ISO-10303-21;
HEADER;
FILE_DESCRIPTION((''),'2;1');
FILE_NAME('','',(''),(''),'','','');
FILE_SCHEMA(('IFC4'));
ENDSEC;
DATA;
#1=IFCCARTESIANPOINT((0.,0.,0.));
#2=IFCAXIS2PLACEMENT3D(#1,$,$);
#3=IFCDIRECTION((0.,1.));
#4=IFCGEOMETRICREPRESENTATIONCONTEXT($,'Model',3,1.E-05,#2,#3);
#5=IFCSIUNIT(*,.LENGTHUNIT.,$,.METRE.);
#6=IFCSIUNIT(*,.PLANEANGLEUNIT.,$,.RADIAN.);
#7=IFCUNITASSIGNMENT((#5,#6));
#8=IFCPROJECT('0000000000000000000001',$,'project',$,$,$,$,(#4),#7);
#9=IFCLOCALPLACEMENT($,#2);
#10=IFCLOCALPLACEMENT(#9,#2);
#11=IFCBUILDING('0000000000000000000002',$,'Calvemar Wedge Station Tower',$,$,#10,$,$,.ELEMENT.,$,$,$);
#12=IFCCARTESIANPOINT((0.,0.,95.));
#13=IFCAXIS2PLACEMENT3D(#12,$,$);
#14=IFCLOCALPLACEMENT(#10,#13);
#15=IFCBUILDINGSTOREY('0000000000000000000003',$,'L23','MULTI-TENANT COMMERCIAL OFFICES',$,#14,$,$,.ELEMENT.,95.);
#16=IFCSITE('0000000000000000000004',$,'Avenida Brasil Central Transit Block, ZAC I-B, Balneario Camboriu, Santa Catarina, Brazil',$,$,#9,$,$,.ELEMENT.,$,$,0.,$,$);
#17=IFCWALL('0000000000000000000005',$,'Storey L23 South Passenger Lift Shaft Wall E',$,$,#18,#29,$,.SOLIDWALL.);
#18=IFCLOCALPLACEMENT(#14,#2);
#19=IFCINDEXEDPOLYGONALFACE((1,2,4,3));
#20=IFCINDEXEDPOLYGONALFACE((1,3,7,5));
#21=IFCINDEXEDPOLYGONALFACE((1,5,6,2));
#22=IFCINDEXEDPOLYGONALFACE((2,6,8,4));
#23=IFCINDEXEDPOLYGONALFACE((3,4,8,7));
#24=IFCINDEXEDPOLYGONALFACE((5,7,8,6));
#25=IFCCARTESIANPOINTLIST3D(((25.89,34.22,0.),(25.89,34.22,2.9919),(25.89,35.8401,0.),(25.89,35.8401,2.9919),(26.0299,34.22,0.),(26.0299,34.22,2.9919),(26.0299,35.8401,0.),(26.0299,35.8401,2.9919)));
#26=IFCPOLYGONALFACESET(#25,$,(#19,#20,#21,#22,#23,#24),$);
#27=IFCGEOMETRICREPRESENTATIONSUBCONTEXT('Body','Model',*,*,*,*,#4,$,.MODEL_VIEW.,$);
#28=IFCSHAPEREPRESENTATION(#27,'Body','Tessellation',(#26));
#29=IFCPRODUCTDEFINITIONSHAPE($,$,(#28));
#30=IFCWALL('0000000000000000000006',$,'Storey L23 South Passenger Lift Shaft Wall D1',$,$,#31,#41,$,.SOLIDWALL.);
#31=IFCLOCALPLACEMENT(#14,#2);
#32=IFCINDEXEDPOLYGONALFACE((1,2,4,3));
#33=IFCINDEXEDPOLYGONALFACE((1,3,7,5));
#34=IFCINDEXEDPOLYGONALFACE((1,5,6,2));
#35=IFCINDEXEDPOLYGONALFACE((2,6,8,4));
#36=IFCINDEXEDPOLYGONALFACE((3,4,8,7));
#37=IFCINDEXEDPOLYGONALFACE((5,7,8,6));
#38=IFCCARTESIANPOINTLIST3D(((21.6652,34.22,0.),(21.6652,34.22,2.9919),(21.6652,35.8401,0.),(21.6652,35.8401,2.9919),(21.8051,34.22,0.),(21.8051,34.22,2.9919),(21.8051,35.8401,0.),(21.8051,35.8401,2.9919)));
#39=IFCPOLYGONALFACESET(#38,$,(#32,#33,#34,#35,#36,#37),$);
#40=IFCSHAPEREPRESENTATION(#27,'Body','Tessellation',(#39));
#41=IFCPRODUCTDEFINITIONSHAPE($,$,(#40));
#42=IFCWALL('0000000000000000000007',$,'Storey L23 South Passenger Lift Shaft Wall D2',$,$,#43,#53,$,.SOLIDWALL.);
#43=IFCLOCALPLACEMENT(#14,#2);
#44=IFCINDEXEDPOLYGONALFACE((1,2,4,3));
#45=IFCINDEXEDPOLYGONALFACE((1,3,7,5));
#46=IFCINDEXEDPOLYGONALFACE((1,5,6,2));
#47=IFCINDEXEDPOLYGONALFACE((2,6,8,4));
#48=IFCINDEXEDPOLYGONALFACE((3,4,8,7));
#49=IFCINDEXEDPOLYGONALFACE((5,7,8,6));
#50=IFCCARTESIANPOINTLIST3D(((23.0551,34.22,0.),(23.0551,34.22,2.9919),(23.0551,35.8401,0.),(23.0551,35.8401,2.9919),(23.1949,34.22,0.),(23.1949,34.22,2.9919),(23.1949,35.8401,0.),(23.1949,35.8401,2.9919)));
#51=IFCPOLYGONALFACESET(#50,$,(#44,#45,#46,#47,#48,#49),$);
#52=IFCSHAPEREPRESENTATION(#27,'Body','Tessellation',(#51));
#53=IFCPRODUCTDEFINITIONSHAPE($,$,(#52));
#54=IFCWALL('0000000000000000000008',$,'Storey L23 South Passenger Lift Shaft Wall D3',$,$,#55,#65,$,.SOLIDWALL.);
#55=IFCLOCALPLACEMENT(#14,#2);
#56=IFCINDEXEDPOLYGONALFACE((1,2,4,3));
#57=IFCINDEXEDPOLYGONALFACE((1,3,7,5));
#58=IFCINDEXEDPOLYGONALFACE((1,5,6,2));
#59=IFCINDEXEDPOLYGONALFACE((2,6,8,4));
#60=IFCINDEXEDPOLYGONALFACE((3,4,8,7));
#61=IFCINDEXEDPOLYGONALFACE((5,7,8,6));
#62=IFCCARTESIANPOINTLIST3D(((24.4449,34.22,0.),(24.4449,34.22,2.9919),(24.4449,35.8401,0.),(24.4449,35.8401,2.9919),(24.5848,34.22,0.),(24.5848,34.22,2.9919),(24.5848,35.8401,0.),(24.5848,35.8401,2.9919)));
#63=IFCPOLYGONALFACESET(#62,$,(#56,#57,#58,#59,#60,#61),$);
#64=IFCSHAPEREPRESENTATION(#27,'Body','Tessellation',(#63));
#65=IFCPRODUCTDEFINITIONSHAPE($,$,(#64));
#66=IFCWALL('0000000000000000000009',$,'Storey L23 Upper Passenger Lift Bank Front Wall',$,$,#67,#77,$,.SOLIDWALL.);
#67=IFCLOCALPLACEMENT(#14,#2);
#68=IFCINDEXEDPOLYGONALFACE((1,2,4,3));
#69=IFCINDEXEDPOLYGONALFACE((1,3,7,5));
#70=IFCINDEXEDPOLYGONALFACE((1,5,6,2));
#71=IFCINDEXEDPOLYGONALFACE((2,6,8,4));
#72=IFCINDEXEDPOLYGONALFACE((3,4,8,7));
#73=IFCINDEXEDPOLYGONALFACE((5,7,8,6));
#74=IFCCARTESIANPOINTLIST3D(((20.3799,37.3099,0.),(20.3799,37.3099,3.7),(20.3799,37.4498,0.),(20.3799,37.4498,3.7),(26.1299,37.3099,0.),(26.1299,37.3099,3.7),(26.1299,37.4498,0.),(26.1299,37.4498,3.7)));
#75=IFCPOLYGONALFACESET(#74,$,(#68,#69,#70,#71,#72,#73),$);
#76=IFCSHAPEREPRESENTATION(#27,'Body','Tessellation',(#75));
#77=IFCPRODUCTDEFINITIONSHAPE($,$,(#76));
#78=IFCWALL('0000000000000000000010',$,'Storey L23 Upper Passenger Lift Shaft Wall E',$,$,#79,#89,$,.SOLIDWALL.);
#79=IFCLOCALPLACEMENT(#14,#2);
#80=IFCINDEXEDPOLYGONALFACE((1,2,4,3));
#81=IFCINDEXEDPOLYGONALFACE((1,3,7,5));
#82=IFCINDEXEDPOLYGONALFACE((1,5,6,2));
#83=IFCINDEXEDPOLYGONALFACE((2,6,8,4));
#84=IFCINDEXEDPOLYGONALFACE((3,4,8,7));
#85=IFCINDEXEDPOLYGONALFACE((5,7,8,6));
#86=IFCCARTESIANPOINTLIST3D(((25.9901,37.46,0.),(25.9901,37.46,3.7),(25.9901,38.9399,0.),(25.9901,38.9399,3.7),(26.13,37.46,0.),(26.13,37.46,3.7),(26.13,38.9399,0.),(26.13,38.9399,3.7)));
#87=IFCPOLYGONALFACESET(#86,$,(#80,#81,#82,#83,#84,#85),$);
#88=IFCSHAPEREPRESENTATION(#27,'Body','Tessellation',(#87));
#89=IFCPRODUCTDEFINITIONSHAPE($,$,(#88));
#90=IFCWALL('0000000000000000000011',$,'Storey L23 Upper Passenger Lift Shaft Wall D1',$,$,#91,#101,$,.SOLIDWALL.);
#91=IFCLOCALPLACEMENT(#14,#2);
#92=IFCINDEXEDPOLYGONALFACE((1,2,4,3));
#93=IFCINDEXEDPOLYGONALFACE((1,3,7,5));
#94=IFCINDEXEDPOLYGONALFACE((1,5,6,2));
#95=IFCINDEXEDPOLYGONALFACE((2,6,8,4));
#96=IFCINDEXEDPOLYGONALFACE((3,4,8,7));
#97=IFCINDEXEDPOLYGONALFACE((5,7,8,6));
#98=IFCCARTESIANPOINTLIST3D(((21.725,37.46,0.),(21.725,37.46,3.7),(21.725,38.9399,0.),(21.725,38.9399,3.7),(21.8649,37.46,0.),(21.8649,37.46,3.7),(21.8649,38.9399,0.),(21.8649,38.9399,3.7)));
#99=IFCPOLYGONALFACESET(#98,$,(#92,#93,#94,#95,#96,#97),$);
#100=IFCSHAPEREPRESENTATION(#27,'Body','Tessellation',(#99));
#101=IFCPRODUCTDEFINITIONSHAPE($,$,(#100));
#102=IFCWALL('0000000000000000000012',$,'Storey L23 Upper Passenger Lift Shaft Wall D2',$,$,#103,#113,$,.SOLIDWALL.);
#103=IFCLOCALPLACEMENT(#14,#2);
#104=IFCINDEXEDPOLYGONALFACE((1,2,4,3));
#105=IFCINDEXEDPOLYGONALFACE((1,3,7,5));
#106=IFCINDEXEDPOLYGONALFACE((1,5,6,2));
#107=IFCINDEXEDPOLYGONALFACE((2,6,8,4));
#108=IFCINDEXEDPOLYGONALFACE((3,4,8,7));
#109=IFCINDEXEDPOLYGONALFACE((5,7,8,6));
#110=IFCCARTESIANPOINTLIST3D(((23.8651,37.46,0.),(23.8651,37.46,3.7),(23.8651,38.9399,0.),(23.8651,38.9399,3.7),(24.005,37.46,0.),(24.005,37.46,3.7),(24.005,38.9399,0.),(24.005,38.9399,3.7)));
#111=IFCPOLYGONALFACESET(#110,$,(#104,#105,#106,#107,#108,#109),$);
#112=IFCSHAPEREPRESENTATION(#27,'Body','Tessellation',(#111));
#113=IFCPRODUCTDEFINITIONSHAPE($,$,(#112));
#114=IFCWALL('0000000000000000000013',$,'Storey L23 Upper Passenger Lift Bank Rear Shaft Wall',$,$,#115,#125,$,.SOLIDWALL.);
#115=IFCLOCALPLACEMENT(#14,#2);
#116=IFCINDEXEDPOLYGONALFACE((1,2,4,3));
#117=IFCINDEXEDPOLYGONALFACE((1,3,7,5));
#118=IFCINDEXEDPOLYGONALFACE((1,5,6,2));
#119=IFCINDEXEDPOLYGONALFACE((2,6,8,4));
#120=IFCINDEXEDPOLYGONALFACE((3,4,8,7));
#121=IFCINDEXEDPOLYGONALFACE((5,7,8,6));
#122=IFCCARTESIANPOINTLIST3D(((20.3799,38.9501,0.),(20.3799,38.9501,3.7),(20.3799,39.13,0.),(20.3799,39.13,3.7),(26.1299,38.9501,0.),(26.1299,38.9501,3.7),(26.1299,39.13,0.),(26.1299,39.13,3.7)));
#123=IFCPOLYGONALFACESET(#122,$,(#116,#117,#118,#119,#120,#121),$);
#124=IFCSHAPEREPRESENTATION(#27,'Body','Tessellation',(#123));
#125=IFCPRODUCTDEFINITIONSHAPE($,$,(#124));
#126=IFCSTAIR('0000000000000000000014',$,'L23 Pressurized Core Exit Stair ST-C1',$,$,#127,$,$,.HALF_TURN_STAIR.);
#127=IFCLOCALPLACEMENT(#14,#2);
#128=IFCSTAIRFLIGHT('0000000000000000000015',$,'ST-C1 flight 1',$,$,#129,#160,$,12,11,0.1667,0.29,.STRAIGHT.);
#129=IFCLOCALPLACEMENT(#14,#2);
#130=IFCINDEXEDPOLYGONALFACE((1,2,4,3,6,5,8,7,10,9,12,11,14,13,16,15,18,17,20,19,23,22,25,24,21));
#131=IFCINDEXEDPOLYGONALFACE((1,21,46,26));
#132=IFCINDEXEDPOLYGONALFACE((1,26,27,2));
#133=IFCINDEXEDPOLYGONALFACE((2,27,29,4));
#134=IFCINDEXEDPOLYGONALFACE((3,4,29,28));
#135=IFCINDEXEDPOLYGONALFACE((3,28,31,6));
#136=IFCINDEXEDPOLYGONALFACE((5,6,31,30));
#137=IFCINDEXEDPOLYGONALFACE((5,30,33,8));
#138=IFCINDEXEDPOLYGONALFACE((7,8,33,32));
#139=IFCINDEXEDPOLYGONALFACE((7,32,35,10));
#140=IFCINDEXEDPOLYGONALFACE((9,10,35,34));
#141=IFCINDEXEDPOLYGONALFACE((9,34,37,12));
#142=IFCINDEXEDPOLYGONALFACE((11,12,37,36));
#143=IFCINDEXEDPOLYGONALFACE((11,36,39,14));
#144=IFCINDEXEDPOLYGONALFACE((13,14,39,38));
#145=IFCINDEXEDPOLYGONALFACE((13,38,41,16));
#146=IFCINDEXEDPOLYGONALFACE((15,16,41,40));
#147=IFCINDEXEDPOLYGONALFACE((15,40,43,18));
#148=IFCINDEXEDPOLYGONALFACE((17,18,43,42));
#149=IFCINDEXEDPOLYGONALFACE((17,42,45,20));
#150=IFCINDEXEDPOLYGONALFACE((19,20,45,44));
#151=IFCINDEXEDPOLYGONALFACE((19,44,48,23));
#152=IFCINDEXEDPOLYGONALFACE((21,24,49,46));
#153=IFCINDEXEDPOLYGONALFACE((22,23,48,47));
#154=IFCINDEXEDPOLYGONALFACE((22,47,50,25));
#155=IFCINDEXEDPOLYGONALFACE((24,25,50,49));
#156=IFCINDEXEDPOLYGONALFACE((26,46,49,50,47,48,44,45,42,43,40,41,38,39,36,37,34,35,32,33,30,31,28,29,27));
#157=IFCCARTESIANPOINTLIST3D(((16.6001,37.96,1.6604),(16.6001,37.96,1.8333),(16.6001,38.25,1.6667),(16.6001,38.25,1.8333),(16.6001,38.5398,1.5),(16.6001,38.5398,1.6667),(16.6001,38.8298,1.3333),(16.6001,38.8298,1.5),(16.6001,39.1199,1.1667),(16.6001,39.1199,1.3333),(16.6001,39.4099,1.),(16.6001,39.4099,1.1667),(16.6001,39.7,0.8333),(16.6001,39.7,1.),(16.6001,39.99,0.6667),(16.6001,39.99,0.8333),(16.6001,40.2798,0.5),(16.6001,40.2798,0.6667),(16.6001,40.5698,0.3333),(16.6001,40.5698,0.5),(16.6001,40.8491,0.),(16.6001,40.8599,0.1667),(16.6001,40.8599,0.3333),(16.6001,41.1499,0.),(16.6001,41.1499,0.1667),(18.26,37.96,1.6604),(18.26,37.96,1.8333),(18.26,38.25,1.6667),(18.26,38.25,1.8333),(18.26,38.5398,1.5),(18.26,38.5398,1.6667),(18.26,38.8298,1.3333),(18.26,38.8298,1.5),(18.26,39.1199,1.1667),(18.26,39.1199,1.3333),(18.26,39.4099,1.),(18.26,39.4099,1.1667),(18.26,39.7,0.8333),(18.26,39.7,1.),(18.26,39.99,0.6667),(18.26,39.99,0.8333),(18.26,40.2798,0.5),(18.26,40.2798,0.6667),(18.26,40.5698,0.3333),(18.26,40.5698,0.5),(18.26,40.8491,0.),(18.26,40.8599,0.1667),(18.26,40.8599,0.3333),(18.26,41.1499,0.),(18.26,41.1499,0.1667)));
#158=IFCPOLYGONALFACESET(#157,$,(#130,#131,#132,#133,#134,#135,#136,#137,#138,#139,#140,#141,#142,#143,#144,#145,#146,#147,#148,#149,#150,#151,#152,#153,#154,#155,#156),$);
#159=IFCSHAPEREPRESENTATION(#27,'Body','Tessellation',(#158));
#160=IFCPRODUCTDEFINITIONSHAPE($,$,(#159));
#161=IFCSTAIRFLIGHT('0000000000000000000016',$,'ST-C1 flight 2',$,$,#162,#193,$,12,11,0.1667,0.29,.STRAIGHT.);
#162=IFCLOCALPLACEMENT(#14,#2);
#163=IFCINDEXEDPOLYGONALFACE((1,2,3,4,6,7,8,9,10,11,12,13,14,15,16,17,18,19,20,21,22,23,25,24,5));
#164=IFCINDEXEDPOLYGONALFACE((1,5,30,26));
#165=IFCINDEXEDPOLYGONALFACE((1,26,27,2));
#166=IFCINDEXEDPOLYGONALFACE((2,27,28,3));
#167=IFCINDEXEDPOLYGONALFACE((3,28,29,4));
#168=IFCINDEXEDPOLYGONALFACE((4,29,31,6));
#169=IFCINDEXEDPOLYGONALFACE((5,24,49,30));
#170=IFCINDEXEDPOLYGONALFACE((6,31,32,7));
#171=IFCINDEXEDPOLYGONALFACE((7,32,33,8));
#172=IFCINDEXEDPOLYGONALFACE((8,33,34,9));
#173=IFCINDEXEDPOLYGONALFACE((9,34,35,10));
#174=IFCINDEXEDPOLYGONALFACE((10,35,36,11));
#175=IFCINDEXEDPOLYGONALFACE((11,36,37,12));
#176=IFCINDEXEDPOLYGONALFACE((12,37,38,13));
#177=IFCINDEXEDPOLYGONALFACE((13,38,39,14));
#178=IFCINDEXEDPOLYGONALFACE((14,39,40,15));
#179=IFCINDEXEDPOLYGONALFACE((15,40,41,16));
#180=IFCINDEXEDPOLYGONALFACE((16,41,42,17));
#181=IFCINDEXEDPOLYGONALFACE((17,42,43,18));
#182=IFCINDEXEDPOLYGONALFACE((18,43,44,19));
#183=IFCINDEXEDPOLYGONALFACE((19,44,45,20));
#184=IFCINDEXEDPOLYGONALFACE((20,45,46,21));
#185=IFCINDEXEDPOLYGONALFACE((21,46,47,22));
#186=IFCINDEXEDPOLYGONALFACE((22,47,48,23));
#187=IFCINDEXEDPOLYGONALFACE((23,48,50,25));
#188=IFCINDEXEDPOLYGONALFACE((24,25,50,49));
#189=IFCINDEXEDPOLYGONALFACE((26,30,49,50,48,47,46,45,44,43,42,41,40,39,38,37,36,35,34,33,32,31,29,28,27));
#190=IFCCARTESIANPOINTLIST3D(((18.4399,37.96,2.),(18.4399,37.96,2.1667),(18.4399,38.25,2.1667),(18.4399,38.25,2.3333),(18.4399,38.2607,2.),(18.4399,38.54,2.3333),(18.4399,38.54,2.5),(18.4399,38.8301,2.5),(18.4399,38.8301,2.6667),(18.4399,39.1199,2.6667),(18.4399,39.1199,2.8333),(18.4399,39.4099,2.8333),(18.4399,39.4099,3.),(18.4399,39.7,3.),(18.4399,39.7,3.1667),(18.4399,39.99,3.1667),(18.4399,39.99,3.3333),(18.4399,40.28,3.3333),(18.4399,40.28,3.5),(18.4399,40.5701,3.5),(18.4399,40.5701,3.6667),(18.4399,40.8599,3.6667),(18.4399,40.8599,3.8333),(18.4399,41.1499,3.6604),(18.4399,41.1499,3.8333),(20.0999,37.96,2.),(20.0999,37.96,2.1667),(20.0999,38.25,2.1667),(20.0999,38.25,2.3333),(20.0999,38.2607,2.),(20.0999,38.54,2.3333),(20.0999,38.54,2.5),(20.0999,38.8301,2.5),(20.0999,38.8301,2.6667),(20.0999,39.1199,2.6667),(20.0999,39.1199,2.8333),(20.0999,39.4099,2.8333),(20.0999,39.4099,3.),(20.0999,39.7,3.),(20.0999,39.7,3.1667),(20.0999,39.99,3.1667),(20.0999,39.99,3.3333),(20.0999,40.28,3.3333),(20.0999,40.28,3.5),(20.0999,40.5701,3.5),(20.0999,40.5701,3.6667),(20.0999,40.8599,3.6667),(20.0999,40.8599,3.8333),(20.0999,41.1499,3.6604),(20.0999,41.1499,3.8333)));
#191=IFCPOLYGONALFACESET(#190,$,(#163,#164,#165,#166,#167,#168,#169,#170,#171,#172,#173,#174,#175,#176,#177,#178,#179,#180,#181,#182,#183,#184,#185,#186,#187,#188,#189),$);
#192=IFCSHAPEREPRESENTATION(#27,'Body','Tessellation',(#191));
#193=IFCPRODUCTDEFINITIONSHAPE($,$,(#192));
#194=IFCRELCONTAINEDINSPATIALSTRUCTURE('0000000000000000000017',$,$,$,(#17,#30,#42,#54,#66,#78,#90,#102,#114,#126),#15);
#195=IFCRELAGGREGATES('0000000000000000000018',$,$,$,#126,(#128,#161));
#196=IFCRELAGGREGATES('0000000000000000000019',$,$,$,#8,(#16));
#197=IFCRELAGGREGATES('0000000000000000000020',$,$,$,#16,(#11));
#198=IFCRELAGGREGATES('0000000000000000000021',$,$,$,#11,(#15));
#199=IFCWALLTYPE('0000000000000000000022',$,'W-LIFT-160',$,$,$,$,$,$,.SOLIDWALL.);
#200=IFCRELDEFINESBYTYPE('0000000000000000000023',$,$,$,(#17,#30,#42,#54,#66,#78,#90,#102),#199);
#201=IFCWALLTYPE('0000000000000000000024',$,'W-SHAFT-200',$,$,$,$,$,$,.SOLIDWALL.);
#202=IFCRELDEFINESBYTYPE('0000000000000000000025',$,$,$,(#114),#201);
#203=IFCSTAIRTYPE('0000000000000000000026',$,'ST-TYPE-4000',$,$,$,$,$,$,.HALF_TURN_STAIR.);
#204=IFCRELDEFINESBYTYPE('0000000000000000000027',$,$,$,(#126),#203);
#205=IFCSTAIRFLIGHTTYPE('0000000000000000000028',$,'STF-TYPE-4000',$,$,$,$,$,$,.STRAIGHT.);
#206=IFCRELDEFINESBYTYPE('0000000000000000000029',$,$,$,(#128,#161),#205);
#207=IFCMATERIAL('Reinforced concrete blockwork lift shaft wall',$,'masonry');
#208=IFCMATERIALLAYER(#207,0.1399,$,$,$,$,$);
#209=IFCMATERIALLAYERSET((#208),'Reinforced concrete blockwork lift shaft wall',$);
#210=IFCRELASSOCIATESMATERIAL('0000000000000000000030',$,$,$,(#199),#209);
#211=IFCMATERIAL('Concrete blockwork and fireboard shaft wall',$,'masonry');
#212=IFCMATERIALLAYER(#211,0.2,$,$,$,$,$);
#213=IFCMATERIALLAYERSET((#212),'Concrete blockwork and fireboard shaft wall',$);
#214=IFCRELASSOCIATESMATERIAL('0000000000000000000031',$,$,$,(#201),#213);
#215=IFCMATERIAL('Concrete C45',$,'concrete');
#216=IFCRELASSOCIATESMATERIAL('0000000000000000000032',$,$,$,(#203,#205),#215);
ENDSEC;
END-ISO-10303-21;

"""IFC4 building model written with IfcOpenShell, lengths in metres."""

from ifc_helpers import new_model, si_unit, direction, frame, frame_2d, origin, place, context, subcontext, project, spatial, polyline, rectangle, outline, extrude, material, layer, layer_set, type_object, element, aggregate, save


model = new_model("IFC4")

# Units and contexts
model_context = context("Model", 3, precision=1e-05, world=origin(), true_north=direction((0.0, 1.0)))
body_context = subcontext(model_context, "Body", "Model", "MODEL_VIEW")
ifc_project = project(units=[si_unit("LENGTHUNIT", "METRE"), si_unit("PLANEANGLEUNIT", "RADIAN")], contexts=[model_context])

# Site, building, storey
site_placement = place(None, origin())
site = spatial("IfcSite", under=ifc_project, at=site_placement, Name="Avenida Brasil Central Transit Block, ZAC I-B, Balneario Camboriu, Santa Catarina, Brazil", CompositionType="ELEMENT", RefElevation=0.0)
building_placement = place(site_placement, origin())
building = spatial("IfcBuilding", under=site, at=building_placement, Name="Calvemar Wedge Station Tower", CompositionType="ELEMENT")
storey_placement = place(building_placement, frame((0.0, 0.0, 95.0)))
storey = spatial("IfcBuildingStorey", under=building, at=storey_placement, Name="L23", Description="MULTI-TENANT COMMERCIAL OFFICES", CompositionType="ELEMENT", Elevation=95.0)

# Shared definitions
ifc_material_1 = material(Name="Reinforced concrete blockwork lift shaft wall", Category="masonry")
ifc_layer_1 = layer(ifc_material_1, 0.1399)
ifc_layer_set_1 = layer_set([ifc_layer_1], Name="Reinforced concrete blockwork lift shaft wall")
wall_type_1 = type_object("IfcWallType", Name="W-LIFT-160", PredefinedType="SOLIDWALL", material=ifc_layer_set_1)

# Walls
for number, where, z_axis, x_axis, name in (
    (1, (25.96, 34.22, 0.0), (0.0, 0.0, 1.0), (0.0, 1.0, 0.0), "Storey L23 South Passenger Lift Shaft Wall E"),
    (2, (21.7351, 34.22, 0.0), (0.0, 0.0, 1.0), (0.0, 1.0, 0.0), "Storey L23 South Passenger Lift Shaft Wall D1"),
    (3, (23.125, 34.22, 0.0), (0.0, 0.0, 1.0), (0.0, 1.0, 0.0), "Storey L23 South Passenger Lift Shaft Wall D2"),
    (4, (24.5149, 34.22, 0.0), (0.0, 0.0, 1.0), (0.0, 1.0, 0.0), "Storey L23 South Passenger Lift Shaft Wall D3"),
):
    element("IfcWall", number, at=place(storey_placement, frame(where, z_axis=z_axis, x_axis=x_axis)), inside=storey, type_object=wall_type_1, Name=name, PredefinedType="SOLIDWALL", context=body_context, shape_type="SweptSolid", body=[
        extrude(rectangle(XDim=1.6201, YDim=0.1399, at=frame_2d((0.8101, 0.0))), origin(), (0.0, 0.0, 1.0), 2.9919),
    ])
wall_1_placement = place(storey_placement, frame((20.3799, 37.3799, 0.0), z_axis=(0.0, 0.0, 1.0), x_axis=(1.0, 0.0, 0.0)))
element("IfcWall", 5, at=wall_1_placement, inside=storey, type_object=wall_type_1, Name="Storey L23 Upper Passenger Lift Bank Front Wall", PredefinedType="SOLIDWALL", context=body_context, shape_type="SweptSolid", body=[
    extrude(rectangle(XDim=5.75, YDim=0.1399, at=frame_2d((2.875, 0.0))), origin(), (0.0, 0.0, 1.0), 3.7),
])
for number, where, z_axis, x_axis, name in (
    (6, (26.0601, 37.46, 0.0), (0.0, 0.0, 1.0), (0.0, 1.0, 0.0), "Storey L23 Upper Passenger Lift Shaft Wall E"),
    (7, (21.7949, 37.46, 0.0), (0.0, 0.0, 1.0), (0.0, 1.0, 0.0), "Storey L23 Upper Passenger Lift Shaft Wall D1"),
    (8, (23.9351, 37.46, 0.0), (0.0, 0.0, 1.0), (0.0, 1.0, 0.0), "Storey L23 Upper Passenger Lift Shaft Wall D2"),
):
    element("IfcWall", number, at=place(storey_placement, frame(where, z_axis=z_axis, x_axis=x_axis)), inside=storey, type_object=wall_type_1, Name=name, PredefinedType="SOLIDWALL", context=body_context, shape_type="SweptSolid", body=[
        extrude(rectangle(XDim=1.48, YDim=0.1399, at=frame_2d((0.74, 0.0))), origin(), (0.0, 0.0, 1.0), 3.7),
    ])
ifc_material_2 = material(Name="Concrete blockwork and fireboard shaft wall", Category="masonry")
ifc_layer_2 = layer(ifc_material_2, 0.2)
ifc_layer_set_2 = layer_set([ifc_layer_2], Name="Concrete blockwork and fireboard shaft wall")
wall_type_2 = type_object("IfcWallType", Name="W-SHAFT-200", PredefinedType="SOLIDWALL", material=ifc_layer_set_2)
wall_2_placement = place(storey_placement, frame((20.3799, 39.04, 0.0), z_axis=(0.0, 0.0, 1.0), x_axis=(1.0, 0.0, 0.0)))
element("IfcWall", 9, at=wall_2_placement, inside=storey, type_object=wall_type_2, Name="Storey L23 Upper Passenger Lift Bank Rear Shaft Wall", PredefinedType="SOLIDWALL", context=body_context, shape_type="SweptSolid", body=[
    extrude(rectangle(XDim=5.75, YDim=0.1799, at=frame_2d((2.875, 0.0))), origin(), (0.0, 0.0, 1.0), 3.7),
])

# Stair, stair flights
ifc_material_3 = material(Name="Concrete C45", Category="concrete")
stair_type = type_object("IfcStairType", Name="ST-TYPE-4000", PredefinedType="HALF_TURN_STAIR", material=ifc_material_3)
stair_placement = place(storey_placement, origin())
stair = element("IfcStair", 10, at=stair_placement, inside=storey, type_object=stair_type, Name="L23 Pressurized Core Exit Stair ST-C1", PredefinedType="HALF_TURN_STAIR")
stair_flight_type = type_object("IfcStairFlightType", Name="STF-TYPE-4000", PredefinedType="STRAIGHT", material=ifc_material_3)
stair_flight_1_placement = place(storey_placement, frame((17.4299, 41.1499, 0.0), z_axis=(0.0, 0.0, 1.0), x_axis=(0.0, -1.0, 0.0)))
stair_flight_1 = element("IfcStairFlight", 11, at=stair_flight_1_placement, type_object=stair_flight_type, Name="ST-C1 flight 1", NumberOfRisers=12, NumberOfTreads=11, PredefinedType="STRAIGHT", RiserHeight=0.1667, TreadLength=0.29, context=body_context, shape_type="SweptSolid", body=[
    extrude(outline(polyline([(0.0, 0.0), (0.0, 0.1667), (0.29, 0.1667), (0.29, 0.3333), (0.5801, 0.3333), (0.5801, 0.5), (0.8701, 0.5), (0.8701, 0.6667), (1.1599, 0.6667), (1.1599, 0.8333), (1.45, 0.8333), (1.45, 1.0), (1.74, 1.0), (1.74, 1.1667), (2.03, 1.1667), (2.03, 1.3333), (2.3201, 1.3333), (2.3201, 1.5), (2.6101, 1.5), (2.6101, 1.6667), (2.8999, 1.6667), (2.8999, 1.8333), (3.1899, 1.8333), (3.1899, 2.0), (3.1899, 1.6604), (0.3008, 0.0), (0.0, 0.0)])), frame((0.0, 0.8301, 0.0), z_axis=(0.0, -1.0, 0.0), x_axis=(1.0, 0.0, 0.0)), (0.0, 0.0, 1.0), 1.6599),
])
stair_flight_2_placement = place(storey_placement, frame((19.27, 37.96, 2.0), z_axis=(0.0, 0.0, 1.0), x_axis=(0.0, 1.0, 0.0)))
stair_flight_2 = element("IfcStairFlight", 12, at=stair_flight_2_placement, type_object=stair_flight_type, Name="ST-C1 flight 2", NumberOfRisers=12, NumberOfTreads=11, PredefinedType="STRAIGHT", RiserHeight=0.1667, TreadLength=0.29, context=body_context, shape_type="SweptSolid", body=[
    extrude(outline(polyline([(0.0, 0.0), (0.0, 0.1667), (0.29, 0.1667), (0.29, 0.3333), (0.5801, 0.3333), (0.5801, 0.5), (0.8701, 0.5), (0.8701, 0.6667), (1.1599, 0.6667), (1.1599, 0.8333), (1.45, 0.8333), (1.45, 1.0), (1.74, 1.0), (1.74, 1.1667), (2.03, 1.1667), (2.03, 1.3333), (2.3201, 1.3333), (2.3201, 1.5), (2.6101, 1.5), (2.6101, 1.6667), (2.8999, 1.6667), (2.8999, 1.8333), (3.1899, 1.8333), (3.1899, 2.0), (3.1899, 1.6604), (0.3008, 0.0), (0.0, 0.0)])), frame((0.0, 0.8301, 0.0), z_axis=(0.0, -1.0, 0.0), x_axis=(1.0, 0.0, 0.0)), (0.0, 0.0, 1.0), 1.6599),
])
aggregate(stair, [stair_flight_1, stair_flight_2])

save(model, "model.ifc")
